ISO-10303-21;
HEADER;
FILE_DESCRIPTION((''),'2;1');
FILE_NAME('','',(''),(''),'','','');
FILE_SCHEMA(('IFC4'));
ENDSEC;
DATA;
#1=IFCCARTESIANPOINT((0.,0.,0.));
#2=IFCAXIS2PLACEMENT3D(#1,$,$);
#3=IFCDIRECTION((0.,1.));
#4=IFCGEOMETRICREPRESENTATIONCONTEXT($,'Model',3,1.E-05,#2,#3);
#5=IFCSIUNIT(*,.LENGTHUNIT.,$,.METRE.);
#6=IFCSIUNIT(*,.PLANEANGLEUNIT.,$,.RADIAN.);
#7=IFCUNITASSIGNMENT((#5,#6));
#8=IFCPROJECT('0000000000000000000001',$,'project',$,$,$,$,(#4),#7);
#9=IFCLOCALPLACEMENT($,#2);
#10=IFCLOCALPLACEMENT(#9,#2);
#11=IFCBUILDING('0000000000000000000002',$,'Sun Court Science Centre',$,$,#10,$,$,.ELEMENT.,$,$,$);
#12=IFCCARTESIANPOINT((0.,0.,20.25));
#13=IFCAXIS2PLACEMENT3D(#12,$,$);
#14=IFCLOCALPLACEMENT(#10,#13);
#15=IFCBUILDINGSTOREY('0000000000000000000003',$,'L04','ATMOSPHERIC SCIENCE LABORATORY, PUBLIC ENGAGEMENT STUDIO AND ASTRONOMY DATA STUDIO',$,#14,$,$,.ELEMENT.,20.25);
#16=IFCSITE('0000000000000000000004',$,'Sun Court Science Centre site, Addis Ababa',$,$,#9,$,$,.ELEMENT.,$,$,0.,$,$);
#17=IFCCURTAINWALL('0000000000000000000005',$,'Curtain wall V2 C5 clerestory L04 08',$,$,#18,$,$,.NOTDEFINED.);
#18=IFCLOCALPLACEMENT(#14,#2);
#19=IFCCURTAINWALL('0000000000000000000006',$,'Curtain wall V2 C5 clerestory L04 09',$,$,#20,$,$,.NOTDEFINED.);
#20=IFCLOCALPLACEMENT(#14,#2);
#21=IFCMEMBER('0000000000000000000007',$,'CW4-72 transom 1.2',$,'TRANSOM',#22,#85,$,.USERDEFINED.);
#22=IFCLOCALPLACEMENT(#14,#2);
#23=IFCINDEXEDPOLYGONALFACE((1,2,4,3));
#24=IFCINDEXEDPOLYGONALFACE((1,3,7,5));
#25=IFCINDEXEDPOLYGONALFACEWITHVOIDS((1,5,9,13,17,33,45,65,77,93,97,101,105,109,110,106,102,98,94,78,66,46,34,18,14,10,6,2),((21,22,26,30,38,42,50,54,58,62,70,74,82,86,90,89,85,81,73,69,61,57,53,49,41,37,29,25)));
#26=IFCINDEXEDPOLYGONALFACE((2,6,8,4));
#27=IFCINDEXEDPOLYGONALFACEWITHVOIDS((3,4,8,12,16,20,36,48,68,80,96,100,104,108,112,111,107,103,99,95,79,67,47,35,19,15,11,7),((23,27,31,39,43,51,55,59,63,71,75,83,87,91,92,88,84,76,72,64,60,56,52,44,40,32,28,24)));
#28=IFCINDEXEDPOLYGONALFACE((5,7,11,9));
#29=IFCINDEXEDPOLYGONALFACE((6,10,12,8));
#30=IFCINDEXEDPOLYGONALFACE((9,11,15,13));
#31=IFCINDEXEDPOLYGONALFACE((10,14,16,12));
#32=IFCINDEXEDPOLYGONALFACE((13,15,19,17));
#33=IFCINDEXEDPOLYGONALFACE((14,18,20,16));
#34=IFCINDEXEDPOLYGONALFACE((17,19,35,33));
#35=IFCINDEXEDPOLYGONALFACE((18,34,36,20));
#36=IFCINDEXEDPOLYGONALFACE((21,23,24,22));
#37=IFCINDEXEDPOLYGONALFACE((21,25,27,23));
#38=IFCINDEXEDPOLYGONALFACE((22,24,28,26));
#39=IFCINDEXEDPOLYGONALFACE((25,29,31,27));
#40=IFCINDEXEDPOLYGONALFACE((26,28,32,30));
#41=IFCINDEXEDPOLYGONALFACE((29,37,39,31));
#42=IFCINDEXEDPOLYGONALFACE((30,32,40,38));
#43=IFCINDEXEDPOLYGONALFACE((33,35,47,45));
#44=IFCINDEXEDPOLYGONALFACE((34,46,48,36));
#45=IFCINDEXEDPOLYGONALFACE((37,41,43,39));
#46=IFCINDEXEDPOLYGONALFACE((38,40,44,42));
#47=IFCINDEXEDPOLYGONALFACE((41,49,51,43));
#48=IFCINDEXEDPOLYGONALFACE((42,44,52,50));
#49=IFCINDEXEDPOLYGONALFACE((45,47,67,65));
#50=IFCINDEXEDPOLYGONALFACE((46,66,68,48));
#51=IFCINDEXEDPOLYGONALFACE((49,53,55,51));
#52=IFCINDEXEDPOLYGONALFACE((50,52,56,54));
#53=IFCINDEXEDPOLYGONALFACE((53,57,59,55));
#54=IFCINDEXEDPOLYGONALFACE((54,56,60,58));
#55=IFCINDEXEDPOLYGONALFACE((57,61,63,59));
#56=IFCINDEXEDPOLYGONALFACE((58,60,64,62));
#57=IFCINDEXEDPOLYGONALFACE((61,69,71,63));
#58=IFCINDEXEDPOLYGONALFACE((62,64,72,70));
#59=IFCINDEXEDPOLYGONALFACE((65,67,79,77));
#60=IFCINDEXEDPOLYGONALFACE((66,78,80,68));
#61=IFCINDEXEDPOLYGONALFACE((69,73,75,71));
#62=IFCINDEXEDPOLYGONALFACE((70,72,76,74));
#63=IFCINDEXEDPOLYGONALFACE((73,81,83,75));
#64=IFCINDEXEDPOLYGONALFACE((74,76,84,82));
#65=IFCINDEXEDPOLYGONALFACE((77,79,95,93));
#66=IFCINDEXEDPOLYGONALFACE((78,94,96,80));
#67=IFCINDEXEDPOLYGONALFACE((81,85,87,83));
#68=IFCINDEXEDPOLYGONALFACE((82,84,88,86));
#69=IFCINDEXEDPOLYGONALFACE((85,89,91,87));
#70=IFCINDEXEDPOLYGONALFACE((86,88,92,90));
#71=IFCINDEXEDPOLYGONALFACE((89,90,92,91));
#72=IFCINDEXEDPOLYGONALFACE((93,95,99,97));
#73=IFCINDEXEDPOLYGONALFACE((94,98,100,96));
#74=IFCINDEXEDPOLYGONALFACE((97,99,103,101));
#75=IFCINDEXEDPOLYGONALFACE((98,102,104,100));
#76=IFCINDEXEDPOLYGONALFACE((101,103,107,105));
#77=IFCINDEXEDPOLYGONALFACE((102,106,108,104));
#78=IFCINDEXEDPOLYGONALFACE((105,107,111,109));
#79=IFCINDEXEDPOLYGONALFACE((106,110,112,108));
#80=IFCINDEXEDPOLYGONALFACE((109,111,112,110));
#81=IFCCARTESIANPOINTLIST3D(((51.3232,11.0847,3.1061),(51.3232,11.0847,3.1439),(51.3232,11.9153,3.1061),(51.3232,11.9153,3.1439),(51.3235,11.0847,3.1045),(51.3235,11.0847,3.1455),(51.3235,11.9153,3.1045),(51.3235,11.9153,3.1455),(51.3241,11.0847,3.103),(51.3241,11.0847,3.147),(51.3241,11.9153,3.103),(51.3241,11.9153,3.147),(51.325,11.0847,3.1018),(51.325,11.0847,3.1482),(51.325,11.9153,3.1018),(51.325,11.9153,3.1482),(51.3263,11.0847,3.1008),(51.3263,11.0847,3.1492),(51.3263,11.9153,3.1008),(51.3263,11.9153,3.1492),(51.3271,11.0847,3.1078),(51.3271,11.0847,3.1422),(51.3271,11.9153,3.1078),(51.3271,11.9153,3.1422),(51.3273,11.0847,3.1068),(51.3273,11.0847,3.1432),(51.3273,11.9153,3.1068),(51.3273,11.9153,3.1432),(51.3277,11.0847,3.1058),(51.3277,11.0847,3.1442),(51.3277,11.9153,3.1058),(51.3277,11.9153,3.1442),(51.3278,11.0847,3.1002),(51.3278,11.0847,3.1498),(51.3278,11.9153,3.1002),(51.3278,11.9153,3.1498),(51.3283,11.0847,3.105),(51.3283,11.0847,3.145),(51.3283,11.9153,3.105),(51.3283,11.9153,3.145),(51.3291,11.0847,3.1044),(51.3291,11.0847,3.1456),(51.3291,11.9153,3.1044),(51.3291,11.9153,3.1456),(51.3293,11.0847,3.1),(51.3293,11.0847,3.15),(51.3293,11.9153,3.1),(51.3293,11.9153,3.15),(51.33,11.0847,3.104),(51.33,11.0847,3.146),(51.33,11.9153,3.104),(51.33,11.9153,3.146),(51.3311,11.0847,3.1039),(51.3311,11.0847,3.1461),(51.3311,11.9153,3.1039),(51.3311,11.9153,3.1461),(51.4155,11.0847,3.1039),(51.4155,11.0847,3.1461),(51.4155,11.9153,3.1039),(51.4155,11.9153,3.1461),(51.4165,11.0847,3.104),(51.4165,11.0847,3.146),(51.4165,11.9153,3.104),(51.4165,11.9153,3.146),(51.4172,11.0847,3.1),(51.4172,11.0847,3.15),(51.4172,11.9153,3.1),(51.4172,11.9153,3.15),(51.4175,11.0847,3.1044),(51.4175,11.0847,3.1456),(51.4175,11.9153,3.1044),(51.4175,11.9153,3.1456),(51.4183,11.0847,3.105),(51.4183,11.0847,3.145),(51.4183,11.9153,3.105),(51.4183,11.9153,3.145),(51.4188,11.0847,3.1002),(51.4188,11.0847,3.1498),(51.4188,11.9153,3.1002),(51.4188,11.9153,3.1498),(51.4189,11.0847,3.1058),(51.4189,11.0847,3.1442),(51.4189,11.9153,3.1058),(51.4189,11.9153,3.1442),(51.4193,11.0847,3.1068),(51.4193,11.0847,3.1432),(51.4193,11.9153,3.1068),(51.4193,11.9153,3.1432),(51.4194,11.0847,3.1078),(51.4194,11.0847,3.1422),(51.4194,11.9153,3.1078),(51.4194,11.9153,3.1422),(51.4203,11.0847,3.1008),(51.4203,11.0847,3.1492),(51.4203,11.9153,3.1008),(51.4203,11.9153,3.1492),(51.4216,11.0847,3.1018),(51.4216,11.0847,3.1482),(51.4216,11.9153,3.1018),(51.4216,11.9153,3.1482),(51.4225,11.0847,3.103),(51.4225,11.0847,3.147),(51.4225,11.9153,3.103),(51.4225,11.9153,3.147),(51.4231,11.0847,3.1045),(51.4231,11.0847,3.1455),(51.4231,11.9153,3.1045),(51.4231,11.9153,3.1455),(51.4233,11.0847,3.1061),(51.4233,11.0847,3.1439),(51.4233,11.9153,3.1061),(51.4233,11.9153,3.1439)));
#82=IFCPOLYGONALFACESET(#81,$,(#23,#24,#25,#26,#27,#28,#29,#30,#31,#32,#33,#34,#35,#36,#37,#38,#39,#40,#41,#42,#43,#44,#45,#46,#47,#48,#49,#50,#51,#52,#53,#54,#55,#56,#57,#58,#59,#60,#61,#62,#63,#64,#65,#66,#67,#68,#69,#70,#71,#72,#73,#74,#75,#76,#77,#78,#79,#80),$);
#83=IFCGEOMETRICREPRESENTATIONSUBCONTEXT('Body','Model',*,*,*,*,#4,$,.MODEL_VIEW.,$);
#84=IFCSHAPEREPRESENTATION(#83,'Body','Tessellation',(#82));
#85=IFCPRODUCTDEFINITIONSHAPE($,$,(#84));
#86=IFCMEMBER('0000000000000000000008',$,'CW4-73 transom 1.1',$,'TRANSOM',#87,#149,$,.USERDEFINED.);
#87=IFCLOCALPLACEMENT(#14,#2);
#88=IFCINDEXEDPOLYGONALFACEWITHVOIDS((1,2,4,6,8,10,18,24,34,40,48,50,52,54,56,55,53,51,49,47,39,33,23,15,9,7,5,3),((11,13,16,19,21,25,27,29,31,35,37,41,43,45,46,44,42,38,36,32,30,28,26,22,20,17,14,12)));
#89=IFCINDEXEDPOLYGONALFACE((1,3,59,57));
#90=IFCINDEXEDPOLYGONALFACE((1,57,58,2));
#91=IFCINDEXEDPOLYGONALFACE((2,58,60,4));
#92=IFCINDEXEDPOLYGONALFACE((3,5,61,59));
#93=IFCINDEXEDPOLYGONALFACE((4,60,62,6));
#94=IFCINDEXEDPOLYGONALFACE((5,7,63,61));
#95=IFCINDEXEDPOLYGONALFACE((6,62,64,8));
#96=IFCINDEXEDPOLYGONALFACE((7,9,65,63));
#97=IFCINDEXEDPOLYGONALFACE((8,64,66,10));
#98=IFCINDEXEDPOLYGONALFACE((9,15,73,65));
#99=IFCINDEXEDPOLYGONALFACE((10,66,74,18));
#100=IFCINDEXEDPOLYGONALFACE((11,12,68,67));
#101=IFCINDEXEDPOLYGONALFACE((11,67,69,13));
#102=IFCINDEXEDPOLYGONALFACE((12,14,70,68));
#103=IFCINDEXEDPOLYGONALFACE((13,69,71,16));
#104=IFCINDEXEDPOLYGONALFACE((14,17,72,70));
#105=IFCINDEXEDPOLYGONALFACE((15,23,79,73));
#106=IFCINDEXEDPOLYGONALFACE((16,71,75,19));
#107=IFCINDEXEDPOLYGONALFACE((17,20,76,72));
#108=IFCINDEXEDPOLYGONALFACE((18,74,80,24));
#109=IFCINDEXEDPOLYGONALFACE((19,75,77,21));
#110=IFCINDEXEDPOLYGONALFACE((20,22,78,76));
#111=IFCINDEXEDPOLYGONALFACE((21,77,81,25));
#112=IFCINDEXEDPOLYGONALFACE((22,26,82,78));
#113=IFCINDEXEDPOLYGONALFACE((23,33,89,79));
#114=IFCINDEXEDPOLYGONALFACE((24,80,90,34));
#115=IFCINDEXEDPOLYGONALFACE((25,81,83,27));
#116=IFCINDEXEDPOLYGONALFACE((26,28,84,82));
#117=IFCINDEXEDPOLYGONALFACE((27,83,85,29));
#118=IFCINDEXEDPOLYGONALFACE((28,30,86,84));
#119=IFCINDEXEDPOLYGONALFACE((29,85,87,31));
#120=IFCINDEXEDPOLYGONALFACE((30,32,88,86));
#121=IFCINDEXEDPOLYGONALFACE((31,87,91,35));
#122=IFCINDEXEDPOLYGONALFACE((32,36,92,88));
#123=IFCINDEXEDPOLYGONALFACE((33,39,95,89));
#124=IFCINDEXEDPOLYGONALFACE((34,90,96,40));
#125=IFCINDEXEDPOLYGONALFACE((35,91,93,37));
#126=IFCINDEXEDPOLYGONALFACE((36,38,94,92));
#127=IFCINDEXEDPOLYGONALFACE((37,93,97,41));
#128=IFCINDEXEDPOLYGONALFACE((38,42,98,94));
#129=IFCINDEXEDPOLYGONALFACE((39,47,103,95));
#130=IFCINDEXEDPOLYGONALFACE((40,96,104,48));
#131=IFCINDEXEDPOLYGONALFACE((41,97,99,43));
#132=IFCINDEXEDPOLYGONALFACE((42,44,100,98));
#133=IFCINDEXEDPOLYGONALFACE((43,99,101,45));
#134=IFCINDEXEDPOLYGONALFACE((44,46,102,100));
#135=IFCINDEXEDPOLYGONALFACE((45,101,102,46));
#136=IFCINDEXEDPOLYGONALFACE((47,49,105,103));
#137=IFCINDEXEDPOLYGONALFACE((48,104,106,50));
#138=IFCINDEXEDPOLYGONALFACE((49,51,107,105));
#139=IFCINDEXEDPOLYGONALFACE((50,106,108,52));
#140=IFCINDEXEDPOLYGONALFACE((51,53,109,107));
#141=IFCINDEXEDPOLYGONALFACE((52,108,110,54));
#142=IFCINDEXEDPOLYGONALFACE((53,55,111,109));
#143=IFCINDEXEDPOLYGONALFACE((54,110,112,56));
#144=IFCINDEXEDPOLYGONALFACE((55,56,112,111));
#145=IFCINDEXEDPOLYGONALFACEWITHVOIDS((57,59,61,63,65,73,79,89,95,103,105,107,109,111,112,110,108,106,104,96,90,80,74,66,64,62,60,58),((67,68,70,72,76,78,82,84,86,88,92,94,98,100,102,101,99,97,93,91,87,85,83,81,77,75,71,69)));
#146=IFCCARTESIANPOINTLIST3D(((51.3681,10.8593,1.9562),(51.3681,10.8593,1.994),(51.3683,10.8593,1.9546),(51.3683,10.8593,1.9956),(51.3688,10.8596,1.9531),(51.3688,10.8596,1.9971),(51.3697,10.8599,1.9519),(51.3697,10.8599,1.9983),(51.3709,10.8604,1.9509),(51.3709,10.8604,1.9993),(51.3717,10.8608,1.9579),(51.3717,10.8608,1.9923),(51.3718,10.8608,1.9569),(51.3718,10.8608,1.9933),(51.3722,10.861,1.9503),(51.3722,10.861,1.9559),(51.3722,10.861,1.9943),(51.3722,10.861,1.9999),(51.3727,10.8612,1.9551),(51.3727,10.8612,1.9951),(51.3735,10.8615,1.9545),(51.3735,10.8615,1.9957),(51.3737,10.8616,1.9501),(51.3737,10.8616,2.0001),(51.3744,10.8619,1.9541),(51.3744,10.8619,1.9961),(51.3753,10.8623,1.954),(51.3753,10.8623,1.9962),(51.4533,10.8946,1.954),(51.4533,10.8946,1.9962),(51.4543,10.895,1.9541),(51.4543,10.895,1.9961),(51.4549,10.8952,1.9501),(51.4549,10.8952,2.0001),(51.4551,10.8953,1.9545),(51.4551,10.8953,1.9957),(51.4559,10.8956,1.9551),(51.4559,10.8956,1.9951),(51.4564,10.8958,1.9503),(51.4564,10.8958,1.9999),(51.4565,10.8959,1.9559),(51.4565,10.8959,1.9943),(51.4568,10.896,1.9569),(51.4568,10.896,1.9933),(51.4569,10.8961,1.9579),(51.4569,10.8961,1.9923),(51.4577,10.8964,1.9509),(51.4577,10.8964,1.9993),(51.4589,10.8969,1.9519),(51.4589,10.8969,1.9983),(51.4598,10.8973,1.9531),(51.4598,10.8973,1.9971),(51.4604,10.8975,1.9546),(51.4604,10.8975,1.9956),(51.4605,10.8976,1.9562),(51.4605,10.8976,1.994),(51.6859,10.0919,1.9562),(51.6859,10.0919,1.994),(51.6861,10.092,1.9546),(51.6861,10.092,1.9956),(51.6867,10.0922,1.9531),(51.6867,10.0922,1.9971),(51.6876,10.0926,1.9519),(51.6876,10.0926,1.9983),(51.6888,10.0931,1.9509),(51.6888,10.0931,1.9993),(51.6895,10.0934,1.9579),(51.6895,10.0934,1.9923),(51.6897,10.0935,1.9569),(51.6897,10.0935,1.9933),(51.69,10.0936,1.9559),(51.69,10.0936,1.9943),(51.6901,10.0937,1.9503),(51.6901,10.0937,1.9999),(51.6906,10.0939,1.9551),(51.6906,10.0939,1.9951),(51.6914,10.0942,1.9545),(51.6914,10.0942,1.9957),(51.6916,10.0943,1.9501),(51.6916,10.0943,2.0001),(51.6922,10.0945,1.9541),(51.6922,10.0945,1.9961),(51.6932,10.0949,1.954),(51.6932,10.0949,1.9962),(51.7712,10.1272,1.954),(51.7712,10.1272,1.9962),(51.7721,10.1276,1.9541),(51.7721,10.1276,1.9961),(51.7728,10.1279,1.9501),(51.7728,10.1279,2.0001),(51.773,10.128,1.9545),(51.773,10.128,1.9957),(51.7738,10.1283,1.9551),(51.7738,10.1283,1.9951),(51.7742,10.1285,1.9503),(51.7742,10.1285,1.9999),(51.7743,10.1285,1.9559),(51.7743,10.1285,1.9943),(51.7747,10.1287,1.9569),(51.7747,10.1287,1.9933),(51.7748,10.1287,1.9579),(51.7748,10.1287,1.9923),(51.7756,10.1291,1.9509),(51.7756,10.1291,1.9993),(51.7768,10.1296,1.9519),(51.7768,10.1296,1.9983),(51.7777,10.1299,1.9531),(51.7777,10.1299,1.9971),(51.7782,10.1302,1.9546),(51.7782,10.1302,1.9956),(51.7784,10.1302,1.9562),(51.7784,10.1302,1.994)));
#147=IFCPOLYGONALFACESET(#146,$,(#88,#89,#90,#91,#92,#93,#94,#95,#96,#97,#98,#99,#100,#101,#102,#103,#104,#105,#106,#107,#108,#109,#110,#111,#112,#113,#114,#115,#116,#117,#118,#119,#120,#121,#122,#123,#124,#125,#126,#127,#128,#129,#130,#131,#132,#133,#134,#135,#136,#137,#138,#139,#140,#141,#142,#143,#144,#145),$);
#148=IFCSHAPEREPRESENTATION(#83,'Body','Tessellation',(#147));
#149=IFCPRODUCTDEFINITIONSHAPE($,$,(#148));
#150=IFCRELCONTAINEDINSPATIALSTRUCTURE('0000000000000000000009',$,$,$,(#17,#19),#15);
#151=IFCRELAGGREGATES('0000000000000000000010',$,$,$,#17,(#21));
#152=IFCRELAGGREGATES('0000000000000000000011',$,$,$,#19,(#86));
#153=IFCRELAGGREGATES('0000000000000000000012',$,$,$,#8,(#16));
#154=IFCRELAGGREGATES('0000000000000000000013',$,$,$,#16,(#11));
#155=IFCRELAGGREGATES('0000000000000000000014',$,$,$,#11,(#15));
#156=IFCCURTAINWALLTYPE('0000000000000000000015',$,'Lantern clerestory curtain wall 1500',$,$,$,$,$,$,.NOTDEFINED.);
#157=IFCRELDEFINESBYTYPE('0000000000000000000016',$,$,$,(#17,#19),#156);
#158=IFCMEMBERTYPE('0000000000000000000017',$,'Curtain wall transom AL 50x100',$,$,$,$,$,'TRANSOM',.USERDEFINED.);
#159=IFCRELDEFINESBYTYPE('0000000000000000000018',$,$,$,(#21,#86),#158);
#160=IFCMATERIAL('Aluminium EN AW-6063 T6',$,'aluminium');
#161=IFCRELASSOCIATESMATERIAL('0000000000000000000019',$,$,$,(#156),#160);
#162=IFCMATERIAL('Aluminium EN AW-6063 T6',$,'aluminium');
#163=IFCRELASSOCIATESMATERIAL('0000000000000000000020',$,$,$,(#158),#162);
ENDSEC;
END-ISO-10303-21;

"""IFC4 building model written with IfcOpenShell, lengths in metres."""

from ifc_helpers import new_model, si_unit, direction, frame, origin, origin_2d, place, context, subcontext, project, spatial, hollow_rectangle, extrude, material, material_profile, profile_set, type_object, element, aggregate, save


model = new_model("IFC4")

# Units and contexts
model_context = context("Model", 3, precision=1e-05, world=origin(), true_north=direction((0.0, 1.0)))
body_context = subcontext(model_context, "Body", "Model", "MODEL_VIEW")
ifc_project = project(units=[si_unit("LENGTHUNIT", "METRE"), si_unit("PLANEANGLEUNIT", "RADIAN")], contexts=[model_context])

# Site, building, storey
site_placement = place(None, origin())
site = spatial("IfcSite", under=ifc_project, at=site_placement, Name="Sun Court Science Centre site, Addis Ababa", CompositionType="ELEMENT", RefElevation=0.0)
building_placement = place(site_placement, origin())
building = spatial("IfcBuilding", under=site, at=building_placement, Name="Sun Court Science Centre", CompositionType="ELEMENT")
storey_placement = place(building_placement, frame((0.0, 0.0, 20.25)))
storey = spatial("IfcBuildingStorey", under=building, at=storey_placement, Name="L04", Description="ATMOSPHERIC SCIENCE LABORATORY, PUBLIC ENGAGEMENT STUDIO AND ASTRONOMY DATA STUDIO", CompositionType="ELEMENT", Elevation=20.25)

# Curtain walls
ifc_material_1 = material(Name="Aluminium EN AW-6063 T6", Category="aluminium")
curtain_wall_type = type_object("IfcCurtainWallType", Name="Lantern clerestory curtain wall 1500", PredefinedType="NOTDEFINED", material=ifc_material_1)
curtain_wall_1_placement = place(storey_placement, origin())
curtain_wall_1 = element("IfcCurtainWall", 1, at=curtain_wall_1_placement, inside=storey, type_object=curtain_wall_type, Name="Curtain wall V2 C5 clerestory L04 08", PredefinedType="NOTDEFINED")
curtain_wall_2_placement = place(storey_placement, origin())
curtain_wall_2 = element("IfcCurtainWall", 2, at=curtain_wall_2_placement, inside=storey, type_object=curtain_wall_type, Name="Curtain wall V2 C5 clerestory L04 09", PredefinedType="NOTDEFINED")

# Members
ifc_material_2 = material(Name="Aluminium EN AW-6063 T6", Category="aluminium")
ifc_material_profile_1 = material_profile(ifc_material_2, hollow_rectangle(XDim=0.05, YDim=0.1001, WallThickness=0.0039, InnerFilletRadius=0.0039, OuterFilletRadius=0.0061, at=origin_2d()), Name="AL 50x100x4")
ifc_profile_set_1 = profile_set([ifc_material_profile_1], Name="Aluminium EN AW-6063 T6")
member_type_1 = type_object("IfcMemberType", Name="Curtain wall transom AL 50x100", ElementType="TRANSOM", PredefinedType="USERDEFINED", material=ifc_profile_set_1)
member_1_placement = place(storey_placement, frame((51.3733, 11.0847, 3.125), z_axis=(0.0, 1.0, 0.0), x_axis=(0.0, 0.0, 1.0)))
member_1 = element("IfcMember", 3, at=member_1_placement, type_object=member_type_1, Name="CW4-72 transom 1.2", ObjectType="TRANSOM", PredefinedType="USERDEFINED", context=body_context, shape_type="SweptSolid", body=[
    extrude(hollow_rectangle(XDim=0.05, YDim=0.1001, WallThickness=0.0039, InnerFilletRadius=0.0039, OuterFilletRadius=0.0061, at=origin_2d()), origin(), (0.0, 0.0, 1.0), 0.8306),
])
member_2_placement = place(storey_placement, frame((51.7322, 10.1111, 1.9751), z_axis=(-0.382715, 0.923866, 0.0), x_axis=(0.0, 0.0, 1.0)))
member_2 = element("IfcMember", 4, at=member_2_placement, type_object=member_type_1, Name="CW4-73 transom 1.1", ObjectType="TRANSOM", PredefinedType="USERDEFINED", context=body_context, shape_type="SweptSolid", body=[
    extrude(hollow_rectangle(XDim=0.05, YDim=0.1001, WallThickness=0.0039, InnerFilletRadius=0.0039, OuterFilletRadius=0.0061, at=origin_2d()), origin(), (0.0, 0.0, 1.0), 0.8306),
])

aggregate(curtain_wall_1, [member_1])
aggregate(curtain_wall_2, [member_2])

save(model, "model.ifc")
